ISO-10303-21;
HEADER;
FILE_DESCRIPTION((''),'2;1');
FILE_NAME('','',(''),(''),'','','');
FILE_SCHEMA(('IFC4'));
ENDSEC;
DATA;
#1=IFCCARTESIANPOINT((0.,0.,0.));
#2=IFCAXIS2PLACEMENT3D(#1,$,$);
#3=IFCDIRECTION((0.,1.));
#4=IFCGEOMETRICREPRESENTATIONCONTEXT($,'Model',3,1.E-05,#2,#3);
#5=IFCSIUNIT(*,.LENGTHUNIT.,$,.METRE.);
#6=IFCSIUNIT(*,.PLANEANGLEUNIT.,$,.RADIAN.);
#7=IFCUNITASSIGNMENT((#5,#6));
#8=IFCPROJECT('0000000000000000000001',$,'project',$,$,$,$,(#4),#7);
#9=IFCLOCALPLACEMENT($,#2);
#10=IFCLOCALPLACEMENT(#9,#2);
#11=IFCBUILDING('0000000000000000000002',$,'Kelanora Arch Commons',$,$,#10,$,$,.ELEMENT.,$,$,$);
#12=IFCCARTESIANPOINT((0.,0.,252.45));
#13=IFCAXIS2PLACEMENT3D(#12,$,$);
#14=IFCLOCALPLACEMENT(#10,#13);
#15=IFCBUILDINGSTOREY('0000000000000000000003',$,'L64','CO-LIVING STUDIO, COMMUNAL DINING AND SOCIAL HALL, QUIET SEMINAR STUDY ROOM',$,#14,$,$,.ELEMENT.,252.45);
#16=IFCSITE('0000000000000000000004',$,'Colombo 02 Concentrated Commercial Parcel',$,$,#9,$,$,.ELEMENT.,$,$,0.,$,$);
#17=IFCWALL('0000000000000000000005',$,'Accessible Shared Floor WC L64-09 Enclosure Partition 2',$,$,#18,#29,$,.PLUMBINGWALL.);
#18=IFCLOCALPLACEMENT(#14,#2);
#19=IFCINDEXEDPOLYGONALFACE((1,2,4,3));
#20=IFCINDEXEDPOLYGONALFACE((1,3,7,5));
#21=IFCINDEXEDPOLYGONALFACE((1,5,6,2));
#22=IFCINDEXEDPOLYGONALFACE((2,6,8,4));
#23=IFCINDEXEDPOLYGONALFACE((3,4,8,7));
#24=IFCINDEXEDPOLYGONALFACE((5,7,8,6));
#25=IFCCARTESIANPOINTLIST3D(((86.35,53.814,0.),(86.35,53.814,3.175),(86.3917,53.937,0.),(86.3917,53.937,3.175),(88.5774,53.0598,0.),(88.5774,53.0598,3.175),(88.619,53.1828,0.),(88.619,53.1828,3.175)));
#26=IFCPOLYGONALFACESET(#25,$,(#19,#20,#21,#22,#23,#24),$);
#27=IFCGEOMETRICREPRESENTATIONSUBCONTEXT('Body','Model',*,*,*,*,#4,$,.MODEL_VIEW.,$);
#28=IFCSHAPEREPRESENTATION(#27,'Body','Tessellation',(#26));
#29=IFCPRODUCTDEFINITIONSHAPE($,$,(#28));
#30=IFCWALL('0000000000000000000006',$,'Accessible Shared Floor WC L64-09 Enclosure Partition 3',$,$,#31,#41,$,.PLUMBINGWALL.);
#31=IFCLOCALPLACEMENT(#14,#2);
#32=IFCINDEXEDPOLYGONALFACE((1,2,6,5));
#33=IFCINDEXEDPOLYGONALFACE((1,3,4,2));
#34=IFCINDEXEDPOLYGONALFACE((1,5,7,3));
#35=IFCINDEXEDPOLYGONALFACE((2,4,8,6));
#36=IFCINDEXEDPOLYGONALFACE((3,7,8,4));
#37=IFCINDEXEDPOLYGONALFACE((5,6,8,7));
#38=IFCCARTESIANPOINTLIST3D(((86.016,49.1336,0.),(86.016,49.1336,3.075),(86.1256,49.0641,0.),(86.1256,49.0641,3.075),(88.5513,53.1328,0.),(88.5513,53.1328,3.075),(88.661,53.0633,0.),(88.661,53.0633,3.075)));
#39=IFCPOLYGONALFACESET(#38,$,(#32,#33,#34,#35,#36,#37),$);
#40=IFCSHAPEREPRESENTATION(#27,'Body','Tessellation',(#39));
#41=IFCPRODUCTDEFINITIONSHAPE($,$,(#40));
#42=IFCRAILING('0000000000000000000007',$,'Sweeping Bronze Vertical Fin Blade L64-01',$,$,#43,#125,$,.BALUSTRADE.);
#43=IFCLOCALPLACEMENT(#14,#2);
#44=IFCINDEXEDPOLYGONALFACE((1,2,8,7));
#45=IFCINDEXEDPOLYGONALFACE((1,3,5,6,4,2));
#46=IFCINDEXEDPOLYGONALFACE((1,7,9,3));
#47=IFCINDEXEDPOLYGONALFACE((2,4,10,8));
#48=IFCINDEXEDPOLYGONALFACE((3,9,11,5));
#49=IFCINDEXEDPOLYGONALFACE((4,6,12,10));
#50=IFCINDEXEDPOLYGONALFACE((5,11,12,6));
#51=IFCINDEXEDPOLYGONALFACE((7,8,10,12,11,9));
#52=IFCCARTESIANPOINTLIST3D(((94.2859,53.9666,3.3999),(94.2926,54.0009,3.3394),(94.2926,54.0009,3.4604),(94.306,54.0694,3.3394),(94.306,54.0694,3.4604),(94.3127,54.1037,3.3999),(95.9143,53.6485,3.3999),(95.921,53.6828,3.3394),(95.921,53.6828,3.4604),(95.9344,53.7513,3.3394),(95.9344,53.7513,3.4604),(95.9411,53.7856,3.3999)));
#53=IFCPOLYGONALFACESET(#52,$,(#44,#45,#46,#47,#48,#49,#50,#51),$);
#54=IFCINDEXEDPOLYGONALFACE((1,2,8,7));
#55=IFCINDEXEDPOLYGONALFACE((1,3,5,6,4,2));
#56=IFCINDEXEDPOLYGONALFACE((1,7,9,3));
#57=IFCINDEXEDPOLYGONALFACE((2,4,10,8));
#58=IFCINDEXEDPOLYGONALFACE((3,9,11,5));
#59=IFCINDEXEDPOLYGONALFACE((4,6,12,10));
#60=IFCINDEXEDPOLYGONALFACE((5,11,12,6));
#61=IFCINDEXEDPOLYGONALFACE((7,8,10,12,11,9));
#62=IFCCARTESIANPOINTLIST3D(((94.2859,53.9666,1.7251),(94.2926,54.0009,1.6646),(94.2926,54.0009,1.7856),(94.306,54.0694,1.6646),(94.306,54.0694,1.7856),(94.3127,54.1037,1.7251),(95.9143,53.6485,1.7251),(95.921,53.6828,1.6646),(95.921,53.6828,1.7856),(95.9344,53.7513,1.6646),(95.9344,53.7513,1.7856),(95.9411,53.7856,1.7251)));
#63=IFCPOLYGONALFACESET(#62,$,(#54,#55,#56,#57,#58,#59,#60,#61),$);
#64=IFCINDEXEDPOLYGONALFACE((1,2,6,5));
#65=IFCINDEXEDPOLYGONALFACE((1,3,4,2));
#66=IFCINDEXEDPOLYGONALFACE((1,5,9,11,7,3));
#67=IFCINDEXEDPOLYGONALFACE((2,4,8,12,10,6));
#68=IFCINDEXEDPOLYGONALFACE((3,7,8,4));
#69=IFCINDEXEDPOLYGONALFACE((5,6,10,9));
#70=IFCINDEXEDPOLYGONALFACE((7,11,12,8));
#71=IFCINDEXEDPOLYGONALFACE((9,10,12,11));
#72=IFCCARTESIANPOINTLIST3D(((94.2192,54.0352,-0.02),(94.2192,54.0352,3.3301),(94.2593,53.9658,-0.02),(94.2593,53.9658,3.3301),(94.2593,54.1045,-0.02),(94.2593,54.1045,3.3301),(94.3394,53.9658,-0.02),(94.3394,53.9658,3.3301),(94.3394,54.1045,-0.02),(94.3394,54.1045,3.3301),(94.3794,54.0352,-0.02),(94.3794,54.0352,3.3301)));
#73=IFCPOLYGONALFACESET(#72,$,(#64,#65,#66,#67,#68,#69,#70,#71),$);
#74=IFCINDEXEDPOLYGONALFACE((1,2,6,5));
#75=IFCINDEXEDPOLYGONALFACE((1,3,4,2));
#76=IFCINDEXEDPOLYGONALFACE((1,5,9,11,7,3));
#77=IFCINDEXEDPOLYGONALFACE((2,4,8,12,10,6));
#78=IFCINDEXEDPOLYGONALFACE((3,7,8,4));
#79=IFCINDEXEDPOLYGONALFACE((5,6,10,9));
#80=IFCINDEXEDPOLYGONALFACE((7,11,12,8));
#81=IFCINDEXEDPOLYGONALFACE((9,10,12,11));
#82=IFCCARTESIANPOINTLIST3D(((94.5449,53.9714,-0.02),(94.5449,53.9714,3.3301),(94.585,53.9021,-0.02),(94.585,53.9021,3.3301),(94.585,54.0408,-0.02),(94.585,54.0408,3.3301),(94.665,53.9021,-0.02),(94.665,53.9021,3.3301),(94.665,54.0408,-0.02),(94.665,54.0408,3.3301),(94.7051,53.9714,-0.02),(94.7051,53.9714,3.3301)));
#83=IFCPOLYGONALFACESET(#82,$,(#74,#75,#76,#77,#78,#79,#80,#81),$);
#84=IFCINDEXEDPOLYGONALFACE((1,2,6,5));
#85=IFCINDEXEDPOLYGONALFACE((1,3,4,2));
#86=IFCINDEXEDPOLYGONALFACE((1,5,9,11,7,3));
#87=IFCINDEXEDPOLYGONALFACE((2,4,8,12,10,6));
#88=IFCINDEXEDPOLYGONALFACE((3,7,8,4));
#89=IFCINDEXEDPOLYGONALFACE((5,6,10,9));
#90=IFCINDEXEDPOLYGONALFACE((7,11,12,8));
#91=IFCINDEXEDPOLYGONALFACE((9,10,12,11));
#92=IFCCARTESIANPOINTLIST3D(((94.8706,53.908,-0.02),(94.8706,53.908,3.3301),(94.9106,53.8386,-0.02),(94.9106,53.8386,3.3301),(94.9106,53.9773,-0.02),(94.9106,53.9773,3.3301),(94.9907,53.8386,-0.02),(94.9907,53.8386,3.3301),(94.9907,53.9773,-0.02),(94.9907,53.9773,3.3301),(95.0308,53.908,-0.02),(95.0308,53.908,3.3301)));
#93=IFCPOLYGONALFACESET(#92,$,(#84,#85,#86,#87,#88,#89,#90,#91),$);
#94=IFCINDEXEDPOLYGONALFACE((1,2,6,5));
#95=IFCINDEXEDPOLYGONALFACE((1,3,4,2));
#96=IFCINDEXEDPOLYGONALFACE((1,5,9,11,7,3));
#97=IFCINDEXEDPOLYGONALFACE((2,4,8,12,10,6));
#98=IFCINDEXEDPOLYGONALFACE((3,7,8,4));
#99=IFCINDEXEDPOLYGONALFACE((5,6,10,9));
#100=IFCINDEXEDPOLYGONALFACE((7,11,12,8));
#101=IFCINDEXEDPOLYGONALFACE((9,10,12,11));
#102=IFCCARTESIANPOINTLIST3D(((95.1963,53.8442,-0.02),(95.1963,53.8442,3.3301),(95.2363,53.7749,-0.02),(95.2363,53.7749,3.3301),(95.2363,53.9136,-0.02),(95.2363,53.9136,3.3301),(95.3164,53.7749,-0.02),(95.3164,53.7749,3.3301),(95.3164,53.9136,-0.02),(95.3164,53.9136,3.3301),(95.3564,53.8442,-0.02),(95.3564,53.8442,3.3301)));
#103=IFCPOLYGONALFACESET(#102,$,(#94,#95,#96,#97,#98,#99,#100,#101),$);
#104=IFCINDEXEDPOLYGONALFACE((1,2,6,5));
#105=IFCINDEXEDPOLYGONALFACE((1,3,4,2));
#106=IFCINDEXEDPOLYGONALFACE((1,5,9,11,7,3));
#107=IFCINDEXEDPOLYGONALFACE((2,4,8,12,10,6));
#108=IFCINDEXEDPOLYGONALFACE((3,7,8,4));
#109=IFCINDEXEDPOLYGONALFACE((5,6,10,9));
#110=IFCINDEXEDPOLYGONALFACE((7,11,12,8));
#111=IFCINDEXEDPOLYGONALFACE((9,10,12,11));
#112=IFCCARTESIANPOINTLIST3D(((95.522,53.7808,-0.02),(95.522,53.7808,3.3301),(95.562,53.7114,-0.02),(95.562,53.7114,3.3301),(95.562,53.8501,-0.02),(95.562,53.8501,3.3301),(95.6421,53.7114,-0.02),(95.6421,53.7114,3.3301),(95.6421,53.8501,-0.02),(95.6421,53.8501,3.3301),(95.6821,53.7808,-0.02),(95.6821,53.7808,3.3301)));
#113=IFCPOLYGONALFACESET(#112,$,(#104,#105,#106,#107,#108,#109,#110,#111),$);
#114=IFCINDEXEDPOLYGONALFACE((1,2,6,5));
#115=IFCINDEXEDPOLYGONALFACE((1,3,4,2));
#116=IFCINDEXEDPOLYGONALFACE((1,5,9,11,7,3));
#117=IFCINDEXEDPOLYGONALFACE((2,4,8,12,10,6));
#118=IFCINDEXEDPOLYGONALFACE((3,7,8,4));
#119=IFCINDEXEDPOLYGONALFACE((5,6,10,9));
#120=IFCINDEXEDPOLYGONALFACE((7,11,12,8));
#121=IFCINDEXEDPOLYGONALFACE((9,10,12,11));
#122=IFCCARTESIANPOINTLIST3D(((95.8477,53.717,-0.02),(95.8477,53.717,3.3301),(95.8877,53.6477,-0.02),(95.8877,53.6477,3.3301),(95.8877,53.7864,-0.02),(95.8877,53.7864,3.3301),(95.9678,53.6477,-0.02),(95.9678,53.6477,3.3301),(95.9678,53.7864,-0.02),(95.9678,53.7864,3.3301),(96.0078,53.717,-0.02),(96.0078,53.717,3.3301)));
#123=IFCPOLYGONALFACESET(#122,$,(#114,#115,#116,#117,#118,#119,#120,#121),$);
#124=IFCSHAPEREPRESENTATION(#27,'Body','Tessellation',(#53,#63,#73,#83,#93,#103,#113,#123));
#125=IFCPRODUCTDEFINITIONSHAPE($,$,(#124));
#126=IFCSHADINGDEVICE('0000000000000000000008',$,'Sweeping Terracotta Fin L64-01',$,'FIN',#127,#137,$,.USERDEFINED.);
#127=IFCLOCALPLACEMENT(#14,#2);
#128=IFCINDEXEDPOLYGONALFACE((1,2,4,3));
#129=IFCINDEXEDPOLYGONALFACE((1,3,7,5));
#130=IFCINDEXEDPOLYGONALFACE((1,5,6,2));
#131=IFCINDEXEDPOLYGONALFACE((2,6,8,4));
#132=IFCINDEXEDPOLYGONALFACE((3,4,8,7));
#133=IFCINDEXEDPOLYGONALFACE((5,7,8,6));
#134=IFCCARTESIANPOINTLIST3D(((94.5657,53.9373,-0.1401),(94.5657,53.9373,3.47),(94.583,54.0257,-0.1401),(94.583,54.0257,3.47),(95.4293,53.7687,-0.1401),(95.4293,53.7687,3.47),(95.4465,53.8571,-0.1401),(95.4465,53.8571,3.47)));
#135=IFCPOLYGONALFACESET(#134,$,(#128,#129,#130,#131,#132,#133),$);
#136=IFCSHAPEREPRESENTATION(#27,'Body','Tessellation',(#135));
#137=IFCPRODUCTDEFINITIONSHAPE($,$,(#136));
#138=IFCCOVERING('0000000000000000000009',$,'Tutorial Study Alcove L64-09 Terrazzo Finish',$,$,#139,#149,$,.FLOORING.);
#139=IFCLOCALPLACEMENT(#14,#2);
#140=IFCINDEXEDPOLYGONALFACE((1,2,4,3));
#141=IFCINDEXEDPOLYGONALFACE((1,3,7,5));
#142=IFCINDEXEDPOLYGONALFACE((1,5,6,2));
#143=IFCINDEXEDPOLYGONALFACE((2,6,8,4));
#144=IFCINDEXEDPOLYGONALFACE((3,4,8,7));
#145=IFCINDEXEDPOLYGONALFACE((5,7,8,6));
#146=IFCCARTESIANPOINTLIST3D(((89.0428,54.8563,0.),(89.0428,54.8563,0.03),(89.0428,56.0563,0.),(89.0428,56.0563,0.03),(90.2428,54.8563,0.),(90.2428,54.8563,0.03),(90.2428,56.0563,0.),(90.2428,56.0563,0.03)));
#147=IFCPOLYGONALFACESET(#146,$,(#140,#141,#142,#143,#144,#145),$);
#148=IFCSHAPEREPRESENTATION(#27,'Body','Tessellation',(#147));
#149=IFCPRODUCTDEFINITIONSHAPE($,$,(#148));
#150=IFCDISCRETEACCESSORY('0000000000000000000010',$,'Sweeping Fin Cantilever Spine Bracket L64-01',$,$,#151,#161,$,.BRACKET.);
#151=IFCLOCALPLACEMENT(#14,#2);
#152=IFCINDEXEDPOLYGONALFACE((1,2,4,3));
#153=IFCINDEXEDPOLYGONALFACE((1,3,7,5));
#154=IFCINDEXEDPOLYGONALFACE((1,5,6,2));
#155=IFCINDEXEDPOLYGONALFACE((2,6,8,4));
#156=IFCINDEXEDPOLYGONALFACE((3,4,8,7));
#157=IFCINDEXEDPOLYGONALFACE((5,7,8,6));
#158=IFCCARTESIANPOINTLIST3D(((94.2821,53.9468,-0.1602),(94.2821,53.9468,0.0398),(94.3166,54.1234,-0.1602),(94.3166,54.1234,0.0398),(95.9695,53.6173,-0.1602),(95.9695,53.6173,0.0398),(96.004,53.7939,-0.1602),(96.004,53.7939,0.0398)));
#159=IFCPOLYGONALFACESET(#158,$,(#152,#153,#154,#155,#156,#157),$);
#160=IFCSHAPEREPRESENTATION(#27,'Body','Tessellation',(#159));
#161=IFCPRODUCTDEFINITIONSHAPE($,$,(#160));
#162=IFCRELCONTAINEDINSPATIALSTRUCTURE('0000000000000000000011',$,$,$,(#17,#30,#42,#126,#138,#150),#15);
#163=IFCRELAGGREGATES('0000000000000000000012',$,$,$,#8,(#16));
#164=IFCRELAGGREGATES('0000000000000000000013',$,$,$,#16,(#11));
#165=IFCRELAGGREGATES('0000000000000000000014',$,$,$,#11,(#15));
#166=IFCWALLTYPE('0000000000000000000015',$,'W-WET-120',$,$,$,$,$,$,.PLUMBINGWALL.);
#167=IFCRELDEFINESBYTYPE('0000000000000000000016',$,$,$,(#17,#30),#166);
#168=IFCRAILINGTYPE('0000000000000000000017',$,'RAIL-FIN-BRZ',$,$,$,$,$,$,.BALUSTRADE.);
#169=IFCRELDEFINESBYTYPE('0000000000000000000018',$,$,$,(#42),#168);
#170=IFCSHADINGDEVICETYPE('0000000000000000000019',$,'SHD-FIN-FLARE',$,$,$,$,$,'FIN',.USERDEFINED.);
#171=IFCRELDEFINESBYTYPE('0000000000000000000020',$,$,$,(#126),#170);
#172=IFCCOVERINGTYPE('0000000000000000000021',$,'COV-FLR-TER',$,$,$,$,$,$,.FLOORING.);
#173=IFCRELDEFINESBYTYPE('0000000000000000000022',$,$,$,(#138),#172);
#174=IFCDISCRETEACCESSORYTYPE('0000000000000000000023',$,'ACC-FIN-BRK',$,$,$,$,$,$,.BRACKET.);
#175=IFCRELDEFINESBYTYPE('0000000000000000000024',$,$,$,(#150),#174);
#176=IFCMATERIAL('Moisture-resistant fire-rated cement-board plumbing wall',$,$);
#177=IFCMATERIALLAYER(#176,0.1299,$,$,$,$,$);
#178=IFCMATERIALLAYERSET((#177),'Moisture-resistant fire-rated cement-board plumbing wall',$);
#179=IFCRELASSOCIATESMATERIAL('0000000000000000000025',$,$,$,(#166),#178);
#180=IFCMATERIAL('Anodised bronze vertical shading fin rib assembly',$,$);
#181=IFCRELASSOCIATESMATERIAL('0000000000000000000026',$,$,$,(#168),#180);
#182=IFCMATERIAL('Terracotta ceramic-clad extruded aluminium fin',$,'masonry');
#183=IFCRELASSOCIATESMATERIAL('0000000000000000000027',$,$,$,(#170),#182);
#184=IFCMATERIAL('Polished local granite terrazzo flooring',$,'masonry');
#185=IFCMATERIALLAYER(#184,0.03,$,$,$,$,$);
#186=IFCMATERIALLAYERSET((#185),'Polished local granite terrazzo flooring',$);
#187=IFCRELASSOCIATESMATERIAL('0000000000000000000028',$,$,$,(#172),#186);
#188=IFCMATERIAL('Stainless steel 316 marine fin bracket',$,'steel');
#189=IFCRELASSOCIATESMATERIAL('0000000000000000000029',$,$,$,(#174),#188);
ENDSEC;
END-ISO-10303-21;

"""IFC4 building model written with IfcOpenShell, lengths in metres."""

from ifc_helpers import new_model, si_unit, direction, frame, frame_2d, origin, origin_2d, place, context, subcontext, project, spatial, polyline, rectangle, outline, extrude, source, transform, mapped, material, layer, layer_set, type_object, element, save


model = new_model("IFC4")

# Units and contexts
model_context = context("Model", 3, precision=1e-05, world=origin(), true_north=direction((0.0, 1.0)))
body_context = subcontext(model_context, "Body", "Model", "MODEL_VIEW")
ifc_project = project(units=[si_unit("LENGTHUNIT", "METRE"), si_unit("PLANEANGLEUNIT", "RADIAN")], contexts=[model_context])

# Site, building, storey
site_placement = place(None, origin())
site = spatial("IfcSite", under=ifc_project, at=site_placement, Name="Colombo 02 Concentrated Commercial Parcel", CompositionType="ELEMENT", RefElevation=0.0)
building_placement = place(site_placement, origin())
building = spatial("IfcBuilding", under=site, at=building_placement, Name="Kelanora Arch Commons", CompositionType="ELEMENT")
storey_placement = place(building_placement, frame((0.0, 0.0, 252.45)))
storey = spatial("IfcBuildingStorey", under=building, at=storey_placement, Name="L64", Description="CO-LIVING STUDIO, COMMUNAL DINING AND SOCIAL HALL, QUIET SEMINAR STUDY ROOM", CompositionType="ELEMENT", Elevation=252.45)

# Shared definitions
ifc_material_1 = material(Name="Moisture-resistant fire-rated cement-board plumbing wall")
ifc_layer_1 = layer(ifc_material_1, 0.1299)
ifc_layer_set_1 = layer_set([ifc_layer_1], Name="Moisture-resistant fire-rated cement-board plumbing wall")
wall_type_1 = type_object("IfcWallType", Name="W-WET-120", PredefinedType="PLUMBINGWALL", material=ifc_layer_set_1)

# Walls
wall_1_placement = place(storey_placement, frame((86.3708, 53.8755, 0.0), z_axis=(0.0, 0.0, 1.0), x_axis=(0.947178, -0.320709, 0.0)))
element("IfcWall", 1, at=wall_1_placement, inside=storey, type_object=wall_type_1, Name="Accessible Shared Floor WC L64-09 Enclosure Partition 2", PredefinedType="PLUMBINGWALL", context=body_context, shape_type="SweptSolid", body=[
    extrude(rectangle(XDim=2.3516, YDim=0.1299, at=frame_2d((1.1758, 0.0))), origin(), (0.0, 0.0, 1.0), 3.175),
])
wall_2_placement = place(storey_placement, frame((88.6062, 53.0981, 0.0), z_axis=(0.0, 0.0, 1.0), x_axis=(-0.535434, -0.844577, 0.0)))
element("IfcWall", 2, at=wall_2_placement, inside=storey, type_object=wall_type_1, Name="Accessible Shared Floor WC L64-09 Enclosure Partition 3", PredefinedType="PLUMBINGWALL", context=body_context, shape_type="SweptSolid", body=[
    extrude(rectangle(XDim=4.7351, YDim=0.1299, at=frame_2d((2.3677, 0.0))), origin(), (0.0, 0.0, 1.0), 3.075),
])

# Railing
ifc_material_2 = material(Name="Anodised bronze vertical shading fin rib assembly")
railing_type_1 = type_object("IfcRailingType", Name="RAIL-FIN-BRZ", PredefinedType="BALUSTRADE", material=ifc_material_2)
railing_1_placement = place(storey_placement, frame((94.2993, 54.0352, -0.02)))
element("IfcRailing", 3, at=railing_1_placement, inside=storey, type_object=railing_type_1, Name="Sweeping Bronze Vertical Fin Blade L64-01", PredefinedType="BALUSTRADE", context=body_context, shape_type="SweptSolid", body=[
    extrude(outline(polyline([(0.0698, 0.0), (0.0349, 0.0605), (-0.0349, 0.0605), (-0.0698, 0.0), (-0.0349, -0.0605), (0.0349, -0.0605), (0.0698, 0.0)])), frame((0.0, 0.0, 3.4199), z_axis=(0.981448, -0.191728, 0.0), x_axis=(0.191728, 0.981448, 0.0)), (0.0, 0.0, 1.0), 1.6592),
    extrude(outline(polyline([(0.0698, 0.0), (0.0349, 0.0605), (-0.0349, 0.0605), (-0.0698, 0.0), (-0.0349, -0.0605), (0.0349, -0.0605), (0.0698, 0.0)])), frame((0.0, 0.0, 1.7451), z_axis=(0.981448, -0.191728, 0.0), x_axis=(0.191728, 0.981448, 0.0)), (0.0, 0.0, 1.0), 1.6592),
    extrude(outline(polyline([(0.0801, 0.0), (0.04, 0.0693), (-0.04, 0.0693), (-0.0801, 0.0), (-0.04, -0.0693), (0.04, -0.0693), (0.0801, 0.0)])), origin(), (0.0, 0.0, 1.0), 3.3501),
    extrude(outline(polyline([(0.0801, 0.0), (0.04, 0.0693), (-0.04, 0.0693), (-0.0801, 0.0), (-0.04, -0.0693), (0.04, -0.0693), (0.0801, 0.0)])), frame((0.3257, -0.0637, 0.0)), (0.0, 0.0, 1.0), 3.3501),
    extrude(outline(polyline([(0.0801, 0.0), (0.04, 0.0693), (-0.04, 0.0693), (-0.0801, 0.0), (-0.04, -0.0693), (0.04, -0.0693), (0.0801, 0.0)])), frame((0.6514, -0.1272, 0.0)), (0.0, 0.0, 1.0), 3.3501),
    extrude(outline(polyline([(0.0801, 0.0), (0.04, 0.0693), (-0.04, 0.0693), (-0.0801, 0.0), (-0.04, -0.0693), (0.04, -0.0693), (0.0801, 0.0)])), frame((0.9771, -0.1909, 0.0)), (0.0, 0.0, 1.0), 3.3501),
    extrude(outline(polyline([(0.0801, 0.0), (0.04, 0.0693), (-0.04, 0.0693), (-0.0801, 0.0), (-0.04, -0.0693), (0.04, -0.0693), (0.0801, 0.0)])), frame((1.3027, -0.2544, 0.0)), (0.0, 0.0, 1.0), 3.3501),
    extrude(outline(polyline([(0.0801, 0.0), (0.04, 0.0693), (-0.04, 0.0693), (-0.0801, 0.0), (-0.04, -0.0693), (0.04, -0.0693), (0.0801, 0.0)])), frame((1.6284, -0.3181, 0.0)), (0.0, 0.0, 1.0), 3.3501),
])

# Shading device
ifc_material_3 = material(Name="Terracotta ceramic-clad extruded aluminium fin", Category="masonry")
shading_device_type = type_object("IfcShadingDeviceType", Name="SHD-FIN-FLARE", ElementType="FIN", PredefinedType="USERDEFINED", material=ifc_material_3)
shared_shape_1 = source(origin(), body_context, "Body", "SweptSolid", [
    extrude(rectangle(XDim=0.8799, YDim=0.0901, at=origin_2d()), origin(), (0.0, 0.0, 1.0), 3.6101),
])
shading_device_placement = place(storey_placement, frame((95.0061, 53.8972, -0.1401), z_axis=(0.0, 0.0, 1.0), x_axis=(0.98146, -0.191666, 0.0)))
element("IfcShadingDevice", 4, at=shading_device_placement, inside=storey, type_object=shading_device_type, Name="Sweeping Terracotta Fin L64-01", ObjectType="FIN", PredefinedType="USERDEFINED", context=body_context, shape_type="MappedRepresentation", body=[
    mapped(shared_shape_1, transform((0.0, 0.0, 0.0), scale=1.0)),
])

# Covering
ifc_material_4 = material(Name="Polished local granite terrazzo flooring", Category="masonry")
ifc_layer_2 = layer(ifc_material_4, 0.03)
ifc_layer_set_2 = layer_set([ifc_layer_2], Name="Polished local granite terrazzo flooring")
covering_type = type_object("IfcCoveringType", Name="COV-FLR-TER", PredefinedType="FLOORING", material=ifc_layer_set_2)
shared_shape_2 = source(origin(), body_context, "Body", "SweptSolid", [
    extrude(rectangle(XDim=1.2, YDim=1.2, at=origin_2d()), origin(), (0.0, 0.0, 1.0), 0.03),
])
covering_placement = place(storey_placement, frame((89.6428, 55.4563, 0.0), z_axis=(0.0, 0.0, 1.0), x_axis=(1.0, 0.0, 0.0)))
element("IfcCovering", 5, at=covering_placement, inside=storey, type_object=covering_type, Name="Tutorial Study Alcove L64-09 Terrazzo Finish", PredefinedType="FLOORING", context=body_context, shape_type="MappedRepresentation", body=[
    mapped(shared_shape_2, transform((0.0, 0.0, 0.0), scale=1.0)),
])

# Discrete accessory
ifc_material_5 = material(Name="Stainless steel 316 marine fin bracket", Category="steel")
discrete_accessory_type = type_object("IfcDiscreteAccessoryType", Name="ACC-FIN-BRK", PredefinedType="BRACKET", material=ifc_material_5)
shared_shape_3 = source(origin(), body_context, "Body", "SweptSolid", [
    extrude(rectangle(XDim=1.7192, YDim=0.1799, at=origin_2d()), origin(), (0.0, 0.0, 1.0), 0.2),
])
discrete_accessory_placement = place(storey_placement, frame((95.1431, 53.8704, -0.1602), z_axis=(0.0, 0.0, 1.0), x_axis=(0.98146, -0.191666, 0.0)))
element("IfcDiscreteAccessory", 6, at=discrete_accessory_placement, inside=storey, type_object=discrete_accessory_type, Name="Sweeping Fin Cantilever Spine Bracket L64-01", PredefinedType="BRACKET", context=body_context, shape_type="MappedRepresentation", body=[
    mapped(shared_shape_3, transform((0.0, 0.0, 0.0), scale=1.0)),
])

save(model, "model.ifc")
